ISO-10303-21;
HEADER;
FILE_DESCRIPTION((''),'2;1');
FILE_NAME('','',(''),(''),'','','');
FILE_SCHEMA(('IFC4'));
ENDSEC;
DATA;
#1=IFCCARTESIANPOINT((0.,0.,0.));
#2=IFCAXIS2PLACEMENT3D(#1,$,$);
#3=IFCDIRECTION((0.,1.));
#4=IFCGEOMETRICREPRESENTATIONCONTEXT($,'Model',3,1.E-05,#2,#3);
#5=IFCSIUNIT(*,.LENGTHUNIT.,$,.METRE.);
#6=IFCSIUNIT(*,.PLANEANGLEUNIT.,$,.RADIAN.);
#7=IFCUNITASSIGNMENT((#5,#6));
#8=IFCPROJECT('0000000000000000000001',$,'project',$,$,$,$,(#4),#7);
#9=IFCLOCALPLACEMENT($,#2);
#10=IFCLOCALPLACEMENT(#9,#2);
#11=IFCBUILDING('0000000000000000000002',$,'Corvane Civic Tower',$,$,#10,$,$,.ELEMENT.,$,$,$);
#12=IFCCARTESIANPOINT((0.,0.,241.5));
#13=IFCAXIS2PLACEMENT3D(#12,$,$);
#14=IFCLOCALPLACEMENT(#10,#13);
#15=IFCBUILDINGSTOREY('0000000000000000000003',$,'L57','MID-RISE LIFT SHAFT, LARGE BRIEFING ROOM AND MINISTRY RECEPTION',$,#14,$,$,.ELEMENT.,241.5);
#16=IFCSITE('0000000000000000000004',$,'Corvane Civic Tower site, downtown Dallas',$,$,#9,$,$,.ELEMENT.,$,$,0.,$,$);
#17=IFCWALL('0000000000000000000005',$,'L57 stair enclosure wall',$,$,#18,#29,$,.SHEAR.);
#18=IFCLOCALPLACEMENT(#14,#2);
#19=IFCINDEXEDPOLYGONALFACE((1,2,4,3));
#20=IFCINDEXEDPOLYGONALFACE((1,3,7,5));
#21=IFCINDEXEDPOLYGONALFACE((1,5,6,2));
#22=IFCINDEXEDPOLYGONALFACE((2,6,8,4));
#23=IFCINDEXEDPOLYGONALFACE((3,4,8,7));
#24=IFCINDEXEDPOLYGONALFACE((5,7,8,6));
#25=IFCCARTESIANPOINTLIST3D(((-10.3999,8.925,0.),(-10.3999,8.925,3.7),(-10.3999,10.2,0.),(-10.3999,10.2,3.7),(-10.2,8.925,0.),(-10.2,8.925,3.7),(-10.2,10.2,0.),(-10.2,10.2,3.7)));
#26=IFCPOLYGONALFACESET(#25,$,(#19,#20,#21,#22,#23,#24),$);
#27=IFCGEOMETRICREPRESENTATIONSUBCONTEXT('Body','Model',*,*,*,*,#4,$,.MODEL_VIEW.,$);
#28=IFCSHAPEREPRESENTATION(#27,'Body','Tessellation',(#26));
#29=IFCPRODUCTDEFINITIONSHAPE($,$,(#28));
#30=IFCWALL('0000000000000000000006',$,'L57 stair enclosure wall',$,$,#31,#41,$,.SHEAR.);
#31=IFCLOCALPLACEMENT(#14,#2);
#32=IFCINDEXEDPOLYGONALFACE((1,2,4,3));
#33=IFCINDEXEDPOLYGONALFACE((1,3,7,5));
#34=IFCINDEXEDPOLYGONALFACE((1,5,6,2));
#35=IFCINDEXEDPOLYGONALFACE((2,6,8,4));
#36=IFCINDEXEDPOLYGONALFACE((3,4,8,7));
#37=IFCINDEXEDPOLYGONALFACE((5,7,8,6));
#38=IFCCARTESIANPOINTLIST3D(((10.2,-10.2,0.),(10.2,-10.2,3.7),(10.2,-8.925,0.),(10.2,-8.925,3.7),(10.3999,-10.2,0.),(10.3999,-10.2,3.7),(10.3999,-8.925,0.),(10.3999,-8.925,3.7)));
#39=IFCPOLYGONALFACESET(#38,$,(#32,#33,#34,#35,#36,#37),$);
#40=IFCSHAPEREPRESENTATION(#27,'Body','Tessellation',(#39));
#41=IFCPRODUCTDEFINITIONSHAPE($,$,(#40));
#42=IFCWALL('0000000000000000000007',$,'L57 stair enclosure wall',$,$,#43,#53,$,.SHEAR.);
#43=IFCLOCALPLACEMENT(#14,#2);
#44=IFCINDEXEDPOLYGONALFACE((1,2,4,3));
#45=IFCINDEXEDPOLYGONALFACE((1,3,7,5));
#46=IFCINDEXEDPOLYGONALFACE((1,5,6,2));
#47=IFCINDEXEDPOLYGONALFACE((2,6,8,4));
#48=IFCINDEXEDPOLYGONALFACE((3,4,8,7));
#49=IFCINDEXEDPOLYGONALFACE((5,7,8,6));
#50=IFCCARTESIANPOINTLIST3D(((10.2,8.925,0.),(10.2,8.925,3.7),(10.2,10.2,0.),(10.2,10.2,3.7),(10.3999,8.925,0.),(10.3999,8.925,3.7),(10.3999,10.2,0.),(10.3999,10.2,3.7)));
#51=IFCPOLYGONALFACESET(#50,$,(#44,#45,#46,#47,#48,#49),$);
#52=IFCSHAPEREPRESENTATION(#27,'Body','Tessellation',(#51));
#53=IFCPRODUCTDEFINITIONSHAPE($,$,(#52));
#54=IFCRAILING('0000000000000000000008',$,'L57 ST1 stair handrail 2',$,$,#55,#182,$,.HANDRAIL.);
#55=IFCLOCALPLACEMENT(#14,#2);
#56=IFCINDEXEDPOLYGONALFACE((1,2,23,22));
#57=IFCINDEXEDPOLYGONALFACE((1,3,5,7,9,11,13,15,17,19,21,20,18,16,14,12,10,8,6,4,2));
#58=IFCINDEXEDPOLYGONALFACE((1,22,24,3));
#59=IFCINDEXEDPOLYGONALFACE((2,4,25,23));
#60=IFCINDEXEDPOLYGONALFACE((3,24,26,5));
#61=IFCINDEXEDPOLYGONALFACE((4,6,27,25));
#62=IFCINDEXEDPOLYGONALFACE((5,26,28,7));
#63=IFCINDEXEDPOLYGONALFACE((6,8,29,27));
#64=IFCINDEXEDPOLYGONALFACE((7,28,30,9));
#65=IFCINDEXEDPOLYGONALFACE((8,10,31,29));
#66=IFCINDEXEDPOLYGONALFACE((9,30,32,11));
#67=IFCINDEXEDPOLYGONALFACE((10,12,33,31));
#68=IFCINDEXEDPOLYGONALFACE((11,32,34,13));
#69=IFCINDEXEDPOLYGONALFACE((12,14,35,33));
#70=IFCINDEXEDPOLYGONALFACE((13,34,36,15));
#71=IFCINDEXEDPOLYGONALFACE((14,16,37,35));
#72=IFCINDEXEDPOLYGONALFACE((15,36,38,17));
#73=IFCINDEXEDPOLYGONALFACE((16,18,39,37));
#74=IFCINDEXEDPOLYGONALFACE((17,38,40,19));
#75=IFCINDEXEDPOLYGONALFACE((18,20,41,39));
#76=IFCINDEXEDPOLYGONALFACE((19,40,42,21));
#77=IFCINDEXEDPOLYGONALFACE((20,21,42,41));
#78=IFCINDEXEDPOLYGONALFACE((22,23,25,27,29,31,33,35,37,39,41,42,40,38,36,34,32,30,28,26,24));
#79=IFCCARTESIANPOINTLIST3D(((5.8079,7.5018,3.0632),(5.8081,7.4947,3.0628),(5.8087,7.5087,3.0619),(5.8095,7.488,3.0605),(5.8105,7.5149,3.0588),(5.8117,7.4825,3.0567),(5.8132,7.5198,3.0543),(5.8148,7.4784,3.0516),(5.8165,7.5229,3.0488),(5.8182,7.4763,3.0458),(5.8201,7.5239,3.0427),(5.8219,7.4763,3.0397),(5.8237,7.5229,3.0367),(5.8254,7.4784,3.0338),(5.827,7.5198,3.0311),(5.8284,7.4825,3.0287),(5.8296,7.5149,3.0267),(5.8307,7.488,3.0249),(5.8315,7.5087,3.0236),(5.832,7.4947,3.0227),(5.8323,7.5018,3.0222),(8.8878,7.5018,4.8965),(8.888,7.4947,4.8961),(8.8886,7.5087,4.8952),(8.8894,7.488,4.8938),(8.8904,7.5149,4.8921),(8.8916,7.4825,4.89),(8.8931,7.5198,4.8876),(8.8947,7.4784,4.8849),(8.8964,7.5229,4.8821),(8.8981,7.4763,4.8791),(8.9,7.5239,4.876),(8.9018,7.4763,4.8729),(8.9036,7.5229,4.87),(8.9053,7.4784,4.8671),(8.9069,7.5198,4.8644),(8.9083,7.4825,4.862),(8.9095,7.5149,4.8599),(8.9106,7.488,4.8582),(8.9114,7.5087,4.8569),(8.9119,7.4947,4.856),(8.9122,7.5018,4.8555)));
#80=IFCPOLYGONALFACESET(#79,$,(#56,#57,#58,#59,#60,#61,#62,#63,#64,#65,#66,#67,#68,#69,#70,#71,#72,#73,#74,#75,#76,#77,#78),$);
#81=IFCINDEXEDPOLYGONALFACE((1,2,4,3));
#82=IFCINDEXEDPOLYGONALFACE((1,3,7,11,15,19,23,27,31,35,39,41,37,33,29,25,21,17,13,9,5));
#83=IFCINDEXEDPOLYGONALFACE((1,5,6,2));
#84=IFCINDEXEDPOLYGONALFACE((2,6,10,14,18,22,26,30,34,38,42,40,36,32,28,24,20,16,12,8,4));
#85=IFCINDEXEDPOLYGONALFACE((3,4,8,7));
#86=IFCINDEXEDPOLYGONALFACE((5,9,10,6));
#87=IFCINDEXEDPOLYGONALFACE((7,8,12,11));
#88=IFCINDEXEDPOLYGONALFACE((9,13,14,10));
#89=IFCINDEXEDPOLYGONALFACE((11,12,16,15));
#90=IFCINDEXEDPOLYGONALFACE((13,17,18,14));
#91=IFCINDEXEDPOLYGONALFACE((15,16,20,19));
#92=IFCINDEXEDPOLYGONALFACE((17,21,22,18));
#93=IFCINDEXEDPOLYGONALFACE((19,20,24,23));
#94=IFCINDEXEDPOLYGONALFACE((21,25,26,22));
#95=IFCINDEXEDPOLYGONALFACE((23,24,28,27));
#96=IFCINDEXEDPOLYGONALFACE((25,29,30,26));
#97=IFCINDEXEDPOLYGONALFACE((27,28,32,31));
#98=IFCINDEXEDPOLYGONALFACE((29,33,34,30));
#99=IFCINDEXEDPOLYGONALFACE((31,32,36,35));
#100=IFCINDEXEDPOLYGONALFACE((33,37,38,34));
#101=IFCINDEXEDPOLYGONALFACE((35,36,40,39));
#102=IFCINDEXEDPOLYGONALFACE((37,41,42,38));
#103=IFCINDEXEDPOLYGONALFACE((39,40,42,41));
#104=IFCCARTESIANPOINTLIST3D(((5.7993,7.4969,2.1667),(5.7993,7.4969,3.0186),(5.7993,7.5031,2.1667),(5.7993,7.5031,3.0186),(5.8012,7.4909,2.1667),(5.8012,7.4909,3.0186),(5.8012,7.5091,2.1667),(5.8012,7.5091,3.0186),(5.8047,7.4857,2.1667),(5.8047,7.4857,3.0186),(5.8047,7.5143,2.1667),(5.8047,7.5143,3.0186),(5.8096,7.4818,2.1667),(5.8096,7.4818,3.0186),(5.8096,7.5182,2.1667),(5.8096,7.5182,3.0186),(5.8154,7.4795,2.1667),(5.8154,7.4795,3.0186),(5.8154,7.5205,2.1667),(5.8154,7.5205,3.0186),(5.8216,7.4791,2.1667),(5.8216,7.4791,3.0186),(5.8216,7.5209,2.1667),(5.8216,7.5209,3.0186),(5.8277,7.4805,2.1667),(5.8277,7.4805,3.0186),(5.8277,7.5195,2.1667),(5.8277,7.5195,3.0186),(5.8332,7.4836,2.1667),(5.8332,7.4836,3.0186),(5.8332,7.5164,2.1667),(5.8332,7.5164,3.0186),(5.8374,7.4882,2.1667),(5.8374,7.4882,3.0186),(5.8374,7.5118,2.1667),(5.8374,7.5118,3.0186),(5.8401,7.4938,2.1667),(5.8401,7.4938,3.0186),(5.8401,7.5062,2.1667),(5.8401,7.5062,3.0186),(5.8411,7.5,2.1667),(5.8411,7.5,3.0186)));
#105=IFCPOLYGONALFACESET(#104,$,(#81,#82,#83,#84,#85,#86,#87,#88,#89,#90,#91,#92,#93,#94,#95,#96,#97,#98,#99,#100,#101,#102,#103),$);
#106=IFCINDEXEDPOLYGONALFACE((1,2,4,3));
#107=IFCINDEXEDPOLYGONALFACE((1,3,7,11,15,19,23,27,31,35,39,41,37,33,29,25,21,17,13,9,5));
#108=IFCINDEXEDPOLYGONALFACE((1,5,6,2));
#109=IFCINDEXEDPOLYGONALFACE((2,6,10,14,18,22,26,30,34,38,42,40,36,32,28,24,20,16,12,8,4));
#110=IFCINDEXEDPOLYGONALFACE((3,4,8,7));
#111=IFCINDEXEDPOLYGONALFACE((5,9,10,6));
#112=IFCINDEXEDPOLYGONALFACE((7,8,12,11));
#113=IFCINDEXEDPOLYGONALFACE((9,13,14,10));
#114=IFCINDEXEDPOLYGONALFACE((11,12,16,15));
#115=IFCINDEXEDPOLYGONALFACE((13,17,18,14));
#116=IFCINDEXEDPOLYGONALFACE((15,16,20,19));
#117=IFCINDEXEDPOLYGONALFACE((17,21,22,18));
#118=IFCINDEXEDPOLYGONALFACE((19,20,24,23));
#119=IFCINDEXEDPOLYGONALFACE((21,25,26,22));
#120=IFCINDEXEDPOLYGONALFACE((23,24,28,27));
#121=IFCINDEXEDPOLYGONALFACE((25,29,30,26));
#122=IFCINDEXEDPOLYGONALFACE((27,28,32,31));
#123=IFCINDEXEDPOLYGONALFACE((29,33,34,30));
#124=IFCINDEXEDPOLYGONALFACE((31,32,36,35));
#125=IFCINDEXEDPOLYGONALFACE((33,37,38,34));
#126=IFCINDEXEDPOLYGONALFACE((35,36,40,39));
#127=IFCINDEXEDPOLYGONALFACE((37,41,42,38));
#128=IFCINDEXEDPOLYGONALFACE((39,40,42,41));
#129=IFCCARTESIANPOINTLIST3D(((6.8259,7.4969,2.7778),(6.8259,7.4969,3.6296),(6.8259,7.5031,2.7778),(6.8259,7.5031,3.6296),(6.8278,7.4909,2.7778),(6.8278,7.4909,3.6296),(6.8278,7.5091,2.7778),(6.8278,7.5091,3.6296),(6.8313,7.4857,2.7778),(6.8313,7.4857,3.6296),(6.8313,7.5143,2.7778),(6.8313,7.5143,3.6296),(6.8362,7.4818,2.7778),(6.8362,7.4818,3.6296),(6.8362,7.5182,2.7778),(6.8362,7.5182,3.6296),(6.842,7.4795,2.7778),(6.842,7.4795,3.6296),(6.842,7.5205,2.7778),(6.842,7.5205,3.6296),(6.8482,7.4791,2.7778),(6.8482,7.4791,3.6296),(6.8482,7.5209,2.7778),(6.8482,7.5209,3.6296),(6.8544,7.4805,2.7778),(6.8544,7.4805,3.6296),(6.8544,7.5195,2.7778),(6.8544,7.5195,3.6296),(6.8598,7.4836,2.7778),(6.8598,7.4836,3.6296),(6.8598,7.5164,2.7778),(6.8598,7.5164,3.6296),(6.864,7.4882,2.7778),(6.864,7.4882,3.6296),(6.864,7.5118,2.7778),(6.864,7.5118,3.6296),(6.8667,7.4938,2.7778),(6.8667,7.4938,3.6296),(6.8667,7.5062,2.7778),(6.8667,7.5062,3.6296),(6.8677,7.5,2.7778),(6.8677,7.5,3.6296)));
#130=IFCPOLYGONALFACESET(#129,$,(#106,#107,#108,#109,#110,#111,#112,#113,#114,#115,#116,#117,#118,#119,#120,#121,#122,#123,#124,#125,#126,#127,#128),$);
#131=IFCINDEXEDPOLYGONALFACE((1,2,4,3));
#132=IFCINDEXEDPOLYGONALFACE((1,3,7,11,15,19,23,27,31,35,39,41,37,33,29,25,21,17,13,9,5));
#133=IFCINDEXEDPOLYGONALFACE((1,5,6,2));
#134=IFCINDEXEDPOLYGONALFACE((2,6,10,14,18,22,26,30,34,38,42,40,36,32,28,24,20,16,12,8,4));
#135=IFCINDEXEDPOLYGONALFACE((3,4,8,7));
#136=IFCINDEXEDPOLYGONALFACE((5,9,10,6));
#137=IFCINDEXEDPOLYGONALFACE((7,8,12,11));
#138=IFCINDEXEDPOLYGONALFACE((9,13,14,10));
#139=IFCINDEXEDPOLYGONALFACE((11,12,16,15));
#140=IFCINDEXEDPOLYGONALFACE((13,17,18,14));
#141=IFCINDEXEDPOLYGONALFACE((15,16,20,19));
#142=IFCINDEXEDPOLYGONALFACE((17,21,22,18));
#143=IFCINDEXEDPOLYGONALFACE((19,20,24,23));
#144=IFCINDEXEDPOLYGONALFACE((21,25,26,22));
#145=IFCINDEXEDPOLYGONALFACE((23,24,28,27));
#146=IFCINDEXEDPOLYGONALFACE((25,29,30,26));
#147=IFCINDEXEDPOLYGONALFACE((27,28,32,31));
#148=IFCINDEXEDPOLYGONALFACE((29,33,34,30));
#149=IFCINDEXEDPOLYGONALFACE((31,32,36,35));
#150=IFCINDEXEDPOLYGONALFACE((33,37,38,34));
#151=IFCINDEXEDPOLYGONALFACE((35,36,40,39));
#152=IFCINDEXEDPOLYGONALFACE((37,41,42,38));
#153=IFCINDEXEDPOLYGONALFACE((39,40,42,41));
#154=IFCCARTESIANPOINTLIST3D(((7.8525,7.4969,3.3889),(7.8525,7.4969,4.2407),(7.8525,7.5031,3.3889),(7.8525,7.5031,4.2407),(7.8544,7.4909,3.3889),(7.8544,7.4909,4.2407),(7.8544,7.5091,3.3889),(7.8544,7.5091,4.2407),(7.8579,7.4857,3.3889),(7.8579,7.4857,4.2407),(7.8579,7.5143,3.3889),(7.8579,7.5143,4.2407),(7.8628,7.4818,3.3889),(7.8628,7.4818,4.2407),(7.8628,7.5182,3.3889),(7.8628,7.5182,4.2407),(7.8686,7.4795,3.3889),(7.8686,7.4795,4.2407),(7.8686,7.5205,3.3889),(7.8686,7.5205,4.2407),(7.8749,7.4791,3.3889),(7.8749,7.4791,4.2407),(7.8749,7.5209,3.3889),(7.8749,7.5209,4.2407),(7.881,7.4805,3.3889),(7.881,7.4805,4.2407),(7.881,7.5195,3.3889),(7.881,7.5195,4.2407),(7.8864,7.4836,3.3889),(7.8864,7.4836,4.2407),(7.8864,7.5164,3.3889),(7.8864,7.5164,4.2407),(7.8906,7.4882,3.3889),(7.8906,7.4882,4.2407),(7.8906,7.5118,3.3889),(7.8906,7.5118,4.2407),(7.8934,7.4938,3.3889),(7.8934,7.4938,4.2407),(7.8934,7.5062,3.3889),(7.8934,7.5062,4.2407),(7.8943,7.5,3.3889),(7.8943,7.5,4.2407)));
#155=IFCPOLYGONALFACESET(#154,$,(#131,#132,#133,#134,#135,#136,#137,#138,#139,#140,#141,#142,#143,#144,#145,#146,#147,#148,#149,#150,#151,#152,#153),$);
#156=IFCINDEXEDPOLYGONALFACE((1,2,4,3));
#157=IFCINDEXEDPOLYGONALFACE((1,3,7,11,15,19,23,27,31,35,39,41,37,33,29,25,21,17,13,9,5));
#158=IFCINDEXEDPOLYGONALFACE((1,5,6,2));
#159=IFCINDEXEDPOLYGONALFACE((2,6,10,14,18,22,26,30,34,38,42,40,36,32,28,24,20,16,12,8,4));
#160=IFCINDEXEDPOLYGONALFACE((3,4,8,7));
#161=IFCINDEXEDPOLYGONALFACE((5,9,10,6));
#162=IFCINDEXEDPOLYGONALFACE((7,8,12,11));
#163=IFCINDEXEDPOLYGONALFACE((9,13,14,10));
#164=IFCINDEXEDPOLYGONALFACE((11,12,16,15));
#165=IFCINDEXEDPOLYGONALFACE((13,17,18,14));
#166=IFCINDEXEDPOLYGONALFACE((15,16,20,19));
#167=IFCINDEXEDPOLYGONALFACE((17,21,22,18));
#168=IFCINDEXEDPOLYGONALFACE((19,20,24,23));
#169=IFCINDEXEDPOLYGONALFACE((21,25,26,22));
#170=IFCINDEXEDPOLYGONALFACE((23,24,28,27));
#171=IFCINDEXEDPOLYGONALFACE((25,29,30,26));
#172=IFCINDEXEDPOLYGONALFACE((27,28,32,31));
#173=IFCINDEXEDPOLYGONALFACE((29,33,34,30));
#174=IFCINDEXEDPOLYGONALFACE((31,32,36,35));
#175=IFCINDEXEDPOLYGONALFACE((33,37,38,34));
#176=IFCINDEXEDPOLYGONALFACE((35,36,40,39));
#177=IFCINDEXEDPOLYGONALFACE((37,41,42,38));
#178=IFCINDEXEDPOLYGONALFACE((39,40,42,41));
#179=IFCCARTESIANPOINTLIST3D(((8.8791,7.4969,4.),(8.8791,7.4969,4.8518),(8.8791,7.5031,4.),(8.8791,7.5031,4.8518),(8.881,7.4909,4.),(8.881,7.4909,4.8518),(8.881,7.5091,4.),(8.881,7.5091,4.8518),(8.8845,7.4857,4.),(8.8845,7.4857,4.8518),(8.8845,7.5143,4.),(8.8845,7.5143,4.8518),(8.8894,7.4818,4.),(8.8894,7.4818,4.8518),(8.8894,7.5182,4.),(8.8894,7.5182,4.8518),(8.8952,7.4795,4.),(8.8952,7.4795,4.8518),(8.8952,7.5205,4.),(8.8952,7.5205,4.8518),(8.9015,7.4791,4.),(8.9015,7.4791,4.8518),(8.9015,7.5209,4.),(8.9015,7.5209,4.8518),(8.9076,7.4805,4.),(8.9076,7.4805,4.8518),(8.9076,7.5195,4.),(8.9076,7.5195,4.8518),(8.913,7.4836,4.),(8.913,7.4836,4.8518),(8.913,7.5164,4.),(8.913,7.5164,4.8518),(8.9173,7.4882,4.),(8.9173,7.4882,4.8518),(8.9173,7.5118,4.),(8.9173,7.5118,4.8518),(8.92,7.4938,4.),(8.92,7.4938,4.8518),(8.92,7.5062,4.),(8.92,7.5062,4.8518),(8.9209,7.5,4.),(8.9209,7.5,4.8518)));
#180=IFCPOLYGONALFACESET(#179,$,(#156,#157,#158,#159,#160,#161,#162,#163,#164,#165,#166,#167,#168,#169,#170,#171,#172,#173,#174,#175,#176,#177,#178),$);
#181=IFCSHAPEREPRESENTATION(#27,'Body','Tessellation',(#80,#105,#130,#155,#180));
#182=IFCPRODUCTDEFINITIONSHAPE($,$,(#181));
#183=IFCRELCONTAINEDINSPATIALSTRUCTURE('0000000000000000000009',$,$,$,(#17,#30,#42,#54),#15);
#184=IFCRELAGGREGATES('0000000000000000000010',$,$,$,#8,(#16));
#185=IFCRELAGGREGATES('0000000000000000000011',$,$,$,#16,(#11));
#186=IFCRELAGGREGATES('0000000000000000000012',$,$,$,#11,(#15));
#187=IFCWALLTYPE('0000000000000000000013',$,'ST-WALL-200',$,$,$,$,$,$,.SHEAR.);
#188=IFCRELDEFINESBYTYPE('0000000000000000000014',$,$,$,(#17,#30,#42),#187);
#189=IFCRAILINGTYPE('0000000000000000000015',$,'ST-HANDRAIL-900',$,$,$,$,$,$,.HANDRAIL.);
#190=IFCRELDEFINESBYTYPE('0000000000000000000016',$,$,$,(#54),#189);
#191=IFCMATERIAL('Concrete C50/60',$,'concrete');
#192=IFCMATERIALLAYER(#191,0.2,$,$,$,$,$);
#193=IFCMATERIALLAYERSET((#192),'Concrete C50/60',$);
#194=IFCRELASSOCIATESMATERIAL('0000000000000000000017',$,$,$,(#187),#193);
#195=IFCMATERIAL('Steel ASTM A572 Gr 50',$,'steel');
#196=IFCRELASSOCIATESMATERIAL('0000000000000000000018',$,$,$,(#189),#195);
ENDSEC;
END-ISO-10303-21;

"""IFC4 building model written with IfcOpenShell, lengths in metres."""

from ifc_helpers import new_model, si_unit, direction, frame, origin, origin_2d, place, context, subcontext, project, spatial, polyline, circle, outline, extrude, material, layer, layer_set, type_object, element, save


model = new_model("IFC4")

# Units and contexts
model_context = context("Model", 3, precision=1e-05, world=origin(), true_north=direction((0.0, 1.0)))
body_context = subcontext(model_context, "Body", "Model", "MODEL_VIEW")
ifc_project = project(units=[si_unit("LENGTHUNIT", "METRE"), si_unit("PLANEANGLEUNIT", "RADIAN")], contexts=[model_context])

# Site, building, storey
site_placement = place(None, origin())
site = spatial("IfcSite", under=ifc_project, at=site_placement, Name="Corvane Civic Tower site, downtown Dallas", CompositionType="ELEMENT", RefElevation=0.0)
building_placement = place(site_placement, origin())
building = spatial("IfcBuilding", under=site, at=building_placement, Name="Corvane Civic Tower", CompositionType="ELEMENT")
storey_placement = place(building_placement, frame((0.0, 0.0, 241.5)))
storey = spatial("IfcBuildingStorey", under=building, at=storey_placement, Name="L57", Description="MID-RISE LIFT SHAFT, LARGE BRIEFING ROOM AND MINISTRY RECEPTION", CompositionType="ELEMENT", Elevation=241.5)

# Shared definitions
ifc_material_1 = material(Name="Concrete C50/60", Category="concrete")
ifc_layer = layer(ifc_material_1, 0.2)
ifc_layer_set = layer_set([ifc_layer], Name="Concrete C50/60")
wall_type = type_object("IfcWallType", Name="ST-WALL-200", PredefinedType="SHEAR", material=ifc_layer_set)

# Walls
wall_1_placement = place(storey_placement, origin())
element("IfcWall", 1, at=wall_1_placement, inside=storey, type_object=wall_type, Name="L57 stair enclosure wall", PredefinedType="SHEAR", context=body_context, shape_type="SweptSolid", body=[
    extrude(outline(polyline([(-10.2, 8.925), (-10.3999, 8.925), (-10.3999, 10.2), (-10.2, 10.2), (-10.2, 8.925)])), origin(), (0.0, 0.0, 1.0), 3.7),
])
wall_2_placement = place(storey_placement, origin())
element("IfcWall", 2, at=wall_2_placement, inside=storey, type_object=wall_type, Name="L57 stair enclosure wall", PredefinedType="SHEAR", context=body_context, shape_type="SweptSolid", body=[
    extrude(outline(polyline([(10.3999, -8.925), (10.3999, -10.2), (10.2, -10.2), (10.2, -8.925), (10.3999, -8.925)])), origin(), (0.0, 0.0, 1.0), 3.7),
])
wall_3_placement = place(storey_placement, origin())
element("IfcWall", 3, at=wall_3_placement, inside=storey, type_object=wall_type, Name="L57 stair enclosure wall", PredefinedType="SHEAR", context=body_context, shape_type="SweptSolid", body=[
    extrude(outline(polyline([(10.3999, 8.925), (10.2, 8.925), (10.2, 10.2), (10.3999, 10.2), (10.3999, 8.925)])), origin(), (0.0, 0.0, 1.0), 3.7),
])

# Railing
ifc_material_2 = material(Name="Steel ASTM A572 Gr 50", Category="steel")
railing_type = type_object("IfcRailingType", Name="ST-HANDRAIL-900", PredefinedType="HANDRAIL", material=ifc_material_2)
railing_placement = place(storey_placement, frame((5.8201, 7.5, 2.1667)))
element("IfcRailing", 4, at=railing_placement, inside=storey, type_object=railing_type, Name="L57 ST1 stair handrail 2", PredefinedType="HANDRAIL", context=body_context, shape_type="SweptSolid", body=[
    extrude(circle(Radius=0.0239, at=origin_2d()), frame((0.0, 0.0, 0.876), z_axis=(0.859291, 0.0, 0.511487), x_axis=(0.0, 1.0, 0.0)), (0.0, 0.0, 1.0), 3.5842),
    extrude(circle(Radius=0.021, at=origin_2d()), origin(), (0.0, 0.0, 1.0), 0.8518),
    extrude(circle(Radius=0.021, at=origin_2d()), frame((1.0266, 0.0, 0.6111)), (0.0, 0.0, 1.0), 0.8518),
    extrude(circle(Radius=0.021, at=origin_2d()), frame((2.0532, 0.0, 1.2222)), (0.0, 0.0, 1.0), 0.8518),
    extrude(circle(Radius=0.021, at=origin_2d()), frame((3.0798, 0.0, 1.8333)), (0.0, 0.0, 1.0), 0.8518),
])

save(model, "model.ifc")
